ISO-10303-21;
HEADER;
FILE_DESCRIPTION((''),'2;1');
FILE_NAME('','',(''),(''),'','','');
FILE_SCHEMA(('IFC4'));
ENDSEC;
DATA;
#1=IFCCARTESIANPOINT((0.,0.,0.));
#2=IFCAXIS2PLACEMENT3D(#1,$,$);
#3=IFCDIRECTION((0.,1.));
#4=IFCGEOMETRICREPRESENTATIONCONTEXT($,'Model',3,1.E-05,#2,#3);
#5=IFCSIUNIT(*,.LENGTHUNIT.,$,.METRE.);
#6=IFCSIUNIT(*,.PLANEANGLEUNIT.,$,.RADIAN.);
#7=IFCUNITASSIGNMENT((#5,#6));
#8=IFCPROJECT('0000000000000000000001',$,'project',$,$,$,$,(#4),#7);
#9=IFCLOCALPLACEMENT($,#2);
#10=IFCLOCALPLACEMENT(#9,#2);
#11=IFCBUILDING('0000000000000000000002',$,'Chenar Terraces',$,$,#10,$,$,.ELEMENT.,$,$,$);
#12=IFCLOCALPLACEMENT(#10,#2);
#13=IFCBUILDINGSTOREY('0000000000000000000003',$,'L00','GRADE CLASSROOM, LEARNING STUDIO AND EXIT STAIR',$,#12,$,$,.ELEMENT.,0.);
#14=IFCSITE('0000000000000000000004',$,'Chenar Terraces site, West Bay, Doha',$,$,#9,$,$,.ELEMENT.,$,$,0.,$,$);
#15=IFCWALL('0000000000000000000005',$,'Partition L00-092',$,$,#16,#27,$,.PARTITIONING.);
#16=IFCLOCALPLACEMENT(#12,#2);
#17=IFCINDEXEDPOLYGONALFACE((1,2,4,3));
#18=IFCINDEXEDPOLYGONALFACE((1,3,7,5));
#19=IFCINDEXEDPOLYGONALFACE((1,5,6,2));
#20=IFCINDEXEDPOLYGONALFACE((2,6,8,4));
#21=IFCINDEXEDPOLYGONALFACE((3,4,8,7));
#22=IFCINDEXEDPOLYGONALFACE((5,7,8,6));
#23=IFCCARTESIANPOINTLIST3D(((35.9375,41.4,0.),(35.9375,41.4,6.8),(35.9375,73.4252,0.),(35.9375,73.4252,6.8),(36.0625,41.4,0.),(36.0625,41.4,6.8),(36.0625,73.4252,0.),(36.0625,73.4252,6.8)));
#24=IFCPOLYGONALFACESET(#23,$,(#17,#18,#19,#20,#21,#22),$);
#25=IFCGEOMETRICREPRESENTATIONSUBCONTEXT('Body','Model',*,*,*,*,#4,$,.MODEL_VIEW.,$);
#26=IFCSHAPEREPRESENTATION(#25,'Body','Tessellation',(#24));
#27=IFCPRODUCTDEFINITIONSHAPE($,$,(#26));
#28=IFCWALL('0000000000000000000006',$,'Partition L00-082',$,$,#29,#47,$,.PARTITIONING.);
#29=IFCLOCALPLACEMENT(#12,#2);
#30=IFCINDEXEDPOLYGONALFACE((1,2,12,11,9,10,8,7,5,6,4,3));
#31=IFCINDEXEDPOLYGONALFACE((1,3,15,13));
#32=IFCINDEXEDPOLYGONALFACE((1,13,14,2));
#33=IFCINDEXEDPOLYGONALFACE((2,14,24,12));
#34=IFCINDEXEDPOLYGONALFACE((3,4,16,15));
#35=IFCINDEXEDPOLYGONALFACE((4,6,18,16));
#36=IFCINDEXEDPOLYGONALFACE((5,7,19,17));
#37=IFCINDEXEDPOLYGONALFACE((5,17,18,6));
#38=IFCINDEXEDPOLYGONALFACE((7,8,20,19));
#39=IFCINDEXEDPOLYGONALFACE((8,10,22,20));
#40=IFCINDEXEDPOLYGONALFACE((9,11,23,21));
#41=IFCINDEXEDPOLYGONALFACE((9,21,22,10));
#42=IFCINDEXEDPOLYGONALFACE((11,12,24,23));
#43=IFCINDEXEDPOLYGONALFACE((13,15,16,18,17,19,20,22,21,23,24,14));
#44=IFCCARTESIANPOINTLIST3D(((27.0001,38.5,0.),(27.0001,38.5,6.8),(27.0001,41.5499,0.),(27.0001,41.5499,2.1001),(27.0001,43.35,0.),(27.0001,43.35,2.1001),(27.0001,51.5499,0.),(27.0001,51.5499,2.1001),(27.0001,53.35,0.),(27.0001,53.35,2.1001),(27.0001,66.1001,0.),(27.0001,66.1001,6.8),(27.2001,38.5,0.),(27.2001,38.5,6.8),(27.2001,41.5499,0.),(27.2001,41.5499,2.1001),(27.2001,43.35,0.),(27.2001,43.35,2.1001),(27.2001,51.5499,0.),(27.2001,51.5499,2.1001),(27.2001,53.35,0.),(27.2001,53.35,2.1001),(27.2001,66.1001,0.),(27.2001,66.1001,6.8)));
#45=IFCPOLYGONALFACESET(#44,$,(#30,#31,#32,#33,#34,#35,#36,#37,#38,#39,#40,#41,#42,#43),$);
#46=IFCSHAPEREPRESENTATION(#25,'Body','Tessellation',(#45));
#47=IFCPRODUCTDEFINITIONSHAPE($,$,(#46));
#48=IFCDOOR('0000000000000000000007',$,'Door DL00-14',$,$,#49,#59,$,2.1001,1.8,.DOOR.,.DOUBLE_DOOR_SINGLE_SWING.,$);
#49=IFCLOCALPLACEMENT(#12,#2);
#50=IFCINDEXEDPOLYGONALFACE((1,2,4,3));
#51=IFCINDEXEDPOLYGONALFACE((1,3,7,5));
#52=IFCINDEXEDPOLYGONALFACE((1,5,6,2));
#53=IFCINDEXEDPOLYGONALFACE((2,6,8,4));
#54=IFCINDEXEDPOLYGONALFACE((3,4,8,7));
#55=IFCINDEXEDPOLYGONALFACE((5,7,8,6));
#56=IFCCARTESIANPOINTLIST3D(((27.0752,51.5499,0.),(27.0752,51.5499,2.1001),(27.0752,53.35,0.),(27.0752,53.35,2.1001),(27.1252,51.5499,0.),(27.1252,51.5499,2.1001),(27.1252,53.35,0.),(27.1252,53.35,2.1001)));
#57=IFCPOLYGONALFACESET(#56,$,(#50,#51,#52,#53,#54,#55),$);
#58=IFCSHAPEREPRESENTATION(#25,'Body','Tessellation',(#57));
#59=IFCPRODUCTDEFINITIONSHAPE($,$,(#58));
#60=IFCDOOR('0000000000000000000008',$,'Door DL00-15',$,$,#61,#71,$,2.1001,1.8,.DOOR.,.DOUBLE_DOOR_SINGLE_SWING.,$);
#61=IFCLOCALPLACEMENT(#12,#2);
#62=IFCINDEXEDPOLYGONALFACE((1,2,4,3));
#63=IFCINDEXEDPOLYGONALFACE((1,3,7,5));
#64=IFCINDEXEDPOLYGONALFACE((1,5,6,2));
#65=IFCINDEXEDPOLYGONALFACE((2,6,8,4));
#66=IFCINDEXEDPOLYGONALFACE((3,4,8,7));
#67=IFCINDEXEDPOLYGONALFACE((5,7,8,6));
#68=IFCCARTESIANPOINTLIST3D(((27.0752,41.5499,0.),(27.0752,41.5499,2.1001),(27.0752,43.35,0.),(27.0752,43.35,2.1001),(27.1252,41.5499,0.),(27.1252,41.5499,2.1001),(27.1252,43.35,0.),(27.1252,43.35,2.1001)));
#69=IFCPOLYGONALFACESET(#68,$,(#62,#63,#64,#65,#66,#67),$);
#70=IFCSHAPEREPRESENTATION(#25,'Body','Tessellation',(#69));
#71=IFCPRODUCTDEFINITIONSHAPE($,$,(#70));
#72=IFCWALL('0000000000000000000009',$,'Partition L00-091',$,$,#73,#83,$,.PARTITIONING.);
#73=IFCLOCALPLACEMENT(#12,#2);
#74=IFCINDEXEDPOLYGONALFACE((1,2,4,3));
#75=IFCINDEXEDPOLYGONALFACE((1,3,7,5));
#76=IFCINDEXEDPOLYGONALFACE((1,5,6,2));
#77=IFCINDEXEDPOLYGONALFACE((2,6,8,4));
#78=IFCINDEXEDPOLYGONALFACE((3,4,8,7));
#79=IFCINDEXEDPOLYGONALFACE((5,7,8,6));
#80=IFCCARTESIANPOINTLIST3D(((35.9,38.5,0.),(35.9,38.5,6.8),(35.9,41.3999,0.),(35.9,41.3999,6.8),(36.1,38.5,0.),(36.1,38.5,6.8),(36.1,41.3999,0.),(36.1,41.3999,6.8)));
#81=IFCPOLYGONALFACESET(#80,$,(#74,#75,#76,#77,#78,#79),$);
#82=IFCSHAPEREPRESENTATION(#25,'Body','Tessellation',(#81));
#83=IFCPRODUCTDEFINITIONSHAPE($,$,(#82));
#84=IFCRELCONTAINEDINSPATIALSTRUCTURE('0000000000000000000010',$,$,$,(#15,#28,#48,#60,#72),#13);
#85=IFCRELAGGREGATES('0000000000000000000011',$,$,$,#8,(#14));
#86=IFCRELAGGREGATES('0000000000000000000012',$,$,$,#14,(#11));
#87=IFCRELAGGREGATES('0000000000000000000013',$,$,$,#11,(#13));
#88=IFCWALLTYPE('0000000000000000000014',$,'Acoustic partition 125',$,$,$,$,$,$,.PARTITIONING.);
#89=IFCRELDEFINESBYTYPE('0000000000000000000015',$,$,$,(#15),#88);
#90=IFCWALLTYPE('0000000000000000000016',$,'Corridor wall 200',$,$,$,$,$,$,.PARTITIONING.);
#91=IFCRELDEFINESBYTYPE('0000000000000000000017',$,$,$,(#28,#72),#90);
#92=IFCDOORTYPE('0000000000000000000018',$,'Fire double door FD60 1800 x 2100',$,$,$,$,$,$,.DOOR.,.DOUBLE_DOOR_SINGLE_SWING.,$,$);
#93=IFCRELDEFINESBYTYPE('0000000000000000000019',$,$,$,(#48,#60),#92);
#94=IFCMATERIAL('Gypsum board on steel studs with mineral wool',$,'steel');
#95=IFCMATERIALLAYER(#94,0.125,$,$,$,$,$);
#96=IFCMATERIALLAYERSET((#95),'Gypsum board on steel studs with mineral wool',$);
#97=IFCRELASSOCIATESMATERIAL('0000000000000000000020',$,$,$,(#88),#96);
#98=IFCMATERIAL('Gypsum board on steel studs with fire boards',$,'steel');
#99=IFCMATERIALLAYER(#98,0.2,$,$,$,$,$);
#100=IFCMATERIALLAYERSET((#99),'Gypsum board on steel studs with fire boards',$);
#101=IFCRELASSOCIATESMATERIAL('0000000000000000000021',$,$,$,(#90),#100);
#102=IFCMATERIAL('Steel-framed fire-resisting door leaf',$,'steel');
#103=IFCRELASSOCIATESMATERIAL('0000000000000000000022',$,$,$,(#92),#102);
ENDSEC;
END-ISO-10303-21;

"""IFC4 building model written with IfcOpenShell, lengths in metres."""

from ifc_helpers import new_model, si_unit, direction, frame, frame_2d, origin, place, context, subcontext, project, spatial, rectangle, extrude, material, layer, layer_set, type_object, element, fill, save


model = new_model("IFC4")

# Units and contexts
model_context = context("Model", 3, precision=1e-05, world=origin(), true_north=direction((0.0, 1.0)))
body_context = subcontext(model_context, "Body", "Model", "MODEL_VIEW")
ifc_project = project(units=[si_unit("LENGTHUNIT", "METRE"), si_unit("PLANEANGLEUNIT", "RADIAN")], contexts=[model_context])

# Site, building, storey
site_placement = place(None, origin())
site = spatial("IfcSite", under=ifc_project, at=site_placement, Name="Chenar Terraces site, West Bay, Doha", CompositionType="ELEMENT", RefElevation=0.0)
building_placement = place(site_placement, origin())
building = spatial("IfcBuilding", under=site, at=building_placement, Name="Chenar Terraces", CompositionType="ELEMENT")
storey_placement = place(building_placement, origin())
storey = spatial("IfcBuildingStorey", under=building, at=storey_placement, Name="L00", Description="GRADE CLASSROOM, LEARNING STUDIO AND EXIT STAIR", CompositionType="ELEMENT", Elevation=0.0)

# Wall
ifc_material_1 = material(Name="Gypsum board on steel studs with mineral wool", Category="steel")
ifc_layer_1 = layer(ifc_material_1, 0.125)
ifc_layer_set_1 = layer_set([ifc_layer_1], Name="Gypsum board on steel studs with mineral wool")
wall_type_1 = type_object("IfcWallType", Name="Acoustic partition 125", PredefinedType="PARTITIONING", material=ifc_layer_set_1)
wall_1_placement = place(storey_placement, frame((36.0, 41.3999, 0.0), z_axis=(0.0, 0.0, 1.0), x_axis=(0.0, 1.0, 0.0)))
element("IfcWall", 1, at=wall_1_placement, inside=storey, type_object=wall_type_1, Name="Partition L00-092", PredefinedType="PARTITIONING", context=body_context, shape_type="SweptSolid", body=[
    extrude(rectangle(XDim=32.0251, YDim=0.125, at=frame_2d((16.0127, 0.0))), origin(), (0.0, 0.0, 1.0), 6.8),
])

# Wall, openings, doors
ifc_material_2 = material(Name="Gypsum board on steel studs with fire boards", Category="steel")
ifc_layer_2 = layer(ifc_material_2, 0.2)
ifc_layer_set_2 = layer_set([ifc_layer_2], Name="Gypsum board on steel studs with fire boards")
wall_type_2 = type_object("IfcWallType", Name="Corridor wall 200", PredefinedType="PARTITIONING", material=ifc_layer_set_2)
wall_2_placement = place(storey_placement, frame((27.1001, 38.5, 0.0), z_axis=(0.0, 0.0, 1.0), x_axis=(0.0, 1.0, 0.0)))
wall_2 = element("IfcWall", 2, at=wall_2_placement, inside=storey, type_object=wall_type_2, Name="Partition L00-082", PredefinedType="PARTITIONING", context=body_context, shape_type="SweptSolid", body=[
    extrude(rectangle(XDim=27.6001, YDim=0.2, at=frame_2d((13.8, 0.0))), origin(), (0.0, 0.0, 1.0), 6.8),
])
opening_1_placement = place(wall_2_placement, frame((13.05, 0.0, 0.0)))
opening_1 = element("IfcOpeningElement", 3, at=opening_1_placement, cuts=wall_2, PredefinedType="OPENING", context=body_context, shape_type="SweptSolid", body=[
    extrude(rectangle(XDim=1.8, YDim=2.1001, at=frame_2d((0.8999, 1.05))), frame((0.0, 0.1099, 0.0), z_axis=(0.0, -1.0, 0.0), x_axis=(1.0, 0.0, 0.0)), (0.0, 0.0, 1.0), 0.22),
])
opening_2_placement = place(wall_2_placement, frame((3.05, 0.0, 0.0)))
opening_2 = element("IfcOpeningElement", 4, at=opening_2_placement, cuts=wall_2, PredefinedType="OPENING", context=body_context, shape_type="SweptSolid", body=[
    extrude(rectangle(XDim=1.8, YDim=2.1001, at=frame_2d((0.8999, 1.05))), frame((0.0, 0.1099, 0.0), z_axis=(0.0, -1.0, 0.0), x_axis=(1.0, 0.0, 0.0)), (0.0, 0.0, 1.0), 0.22),
])
ifc_material_3 = material(Name="Steel-framed fire-resisting door leaf", Category="steel")
door_type_1 = type_object("IfcDoorType", Name="Fire double door FD60 1800 x 2100", OperationType="DOUBLE_DOOR_SINGLE_SWING", PredefinedType="DOOR", material=ifc_material_3)
door_1_placement = place(opening_1_placement, origin())
door_1 = element("IfcDoor", 5, at=door_1_placement, inside=storey, type_object=door_type_1, Name="Door DL00-14", OperationType="DOUBLE_DOOR_SINGLE_SWING", OverallHeight=2.1001, OverallWidth=1.8, PredefinedType="DOOR", context=body_context, shape_type="SweptSolid", body=[
    extrude(rectangle(XDim=1.8, YDim=2.1001, at=frame_2d((0.8999, 1.05))), frame((0.0, 0.0249, 0.0), z_axis=(0.0, -1.0, 0.0), x_axis=(1.0, 0.0, 0.0)), (0.0, 0.0, 1.0), 0.05),
])
fill(opening_1, door_1)
door_2_placement = place(opening_2_placement, origin())
door_2 = element("IfcDoor", 6, at=door_2_placement, inside=storey, type_object=door_type_1, Name="Door DL00-15", OperationType="DOUBLE_DOOR_SINGLE_SWING", OverallHeight=2.1001, OverallWidth=1.8, PredefinedType="DOOR", context=body_context, shape_type="SweptSolid", body=[
    extrude(rectangle(XDim=1.8, YDim=2.1001, at=frame_2d((0.8999, 1.05))), frame((0.0, 0.0249, 0.0), z_axis=(0.0, -1.0, 0.0), x_axis=(1.0, 0.0, 0.0)), (0.0, 0.0, 1.0), 0.05),
])
fill(opening_2, door_2)

# Wall
wall_3_placement = place(storey_placement, frame((36.0, 38.5, 0.0), z_axis=(0.0, 0.0, 1.0), x_axis=(0.0, 1.0, 0.0)))
element("IfcWall", 7, at=wall_3_placement, inside=storey, type_object=wall_type_2, Name="Partition L00-091", PredefinedType="PARTITIONING", context=body_context, shape_type="SweptSolid", body=[
    extrude(rectangle(XDim=2.8999, YDim=0.2, at=frame_2d((1.45, 0.0))), origin(), (0.0, 0.0, 1.0), 6.8),
])

save(model, "model.ifc")
